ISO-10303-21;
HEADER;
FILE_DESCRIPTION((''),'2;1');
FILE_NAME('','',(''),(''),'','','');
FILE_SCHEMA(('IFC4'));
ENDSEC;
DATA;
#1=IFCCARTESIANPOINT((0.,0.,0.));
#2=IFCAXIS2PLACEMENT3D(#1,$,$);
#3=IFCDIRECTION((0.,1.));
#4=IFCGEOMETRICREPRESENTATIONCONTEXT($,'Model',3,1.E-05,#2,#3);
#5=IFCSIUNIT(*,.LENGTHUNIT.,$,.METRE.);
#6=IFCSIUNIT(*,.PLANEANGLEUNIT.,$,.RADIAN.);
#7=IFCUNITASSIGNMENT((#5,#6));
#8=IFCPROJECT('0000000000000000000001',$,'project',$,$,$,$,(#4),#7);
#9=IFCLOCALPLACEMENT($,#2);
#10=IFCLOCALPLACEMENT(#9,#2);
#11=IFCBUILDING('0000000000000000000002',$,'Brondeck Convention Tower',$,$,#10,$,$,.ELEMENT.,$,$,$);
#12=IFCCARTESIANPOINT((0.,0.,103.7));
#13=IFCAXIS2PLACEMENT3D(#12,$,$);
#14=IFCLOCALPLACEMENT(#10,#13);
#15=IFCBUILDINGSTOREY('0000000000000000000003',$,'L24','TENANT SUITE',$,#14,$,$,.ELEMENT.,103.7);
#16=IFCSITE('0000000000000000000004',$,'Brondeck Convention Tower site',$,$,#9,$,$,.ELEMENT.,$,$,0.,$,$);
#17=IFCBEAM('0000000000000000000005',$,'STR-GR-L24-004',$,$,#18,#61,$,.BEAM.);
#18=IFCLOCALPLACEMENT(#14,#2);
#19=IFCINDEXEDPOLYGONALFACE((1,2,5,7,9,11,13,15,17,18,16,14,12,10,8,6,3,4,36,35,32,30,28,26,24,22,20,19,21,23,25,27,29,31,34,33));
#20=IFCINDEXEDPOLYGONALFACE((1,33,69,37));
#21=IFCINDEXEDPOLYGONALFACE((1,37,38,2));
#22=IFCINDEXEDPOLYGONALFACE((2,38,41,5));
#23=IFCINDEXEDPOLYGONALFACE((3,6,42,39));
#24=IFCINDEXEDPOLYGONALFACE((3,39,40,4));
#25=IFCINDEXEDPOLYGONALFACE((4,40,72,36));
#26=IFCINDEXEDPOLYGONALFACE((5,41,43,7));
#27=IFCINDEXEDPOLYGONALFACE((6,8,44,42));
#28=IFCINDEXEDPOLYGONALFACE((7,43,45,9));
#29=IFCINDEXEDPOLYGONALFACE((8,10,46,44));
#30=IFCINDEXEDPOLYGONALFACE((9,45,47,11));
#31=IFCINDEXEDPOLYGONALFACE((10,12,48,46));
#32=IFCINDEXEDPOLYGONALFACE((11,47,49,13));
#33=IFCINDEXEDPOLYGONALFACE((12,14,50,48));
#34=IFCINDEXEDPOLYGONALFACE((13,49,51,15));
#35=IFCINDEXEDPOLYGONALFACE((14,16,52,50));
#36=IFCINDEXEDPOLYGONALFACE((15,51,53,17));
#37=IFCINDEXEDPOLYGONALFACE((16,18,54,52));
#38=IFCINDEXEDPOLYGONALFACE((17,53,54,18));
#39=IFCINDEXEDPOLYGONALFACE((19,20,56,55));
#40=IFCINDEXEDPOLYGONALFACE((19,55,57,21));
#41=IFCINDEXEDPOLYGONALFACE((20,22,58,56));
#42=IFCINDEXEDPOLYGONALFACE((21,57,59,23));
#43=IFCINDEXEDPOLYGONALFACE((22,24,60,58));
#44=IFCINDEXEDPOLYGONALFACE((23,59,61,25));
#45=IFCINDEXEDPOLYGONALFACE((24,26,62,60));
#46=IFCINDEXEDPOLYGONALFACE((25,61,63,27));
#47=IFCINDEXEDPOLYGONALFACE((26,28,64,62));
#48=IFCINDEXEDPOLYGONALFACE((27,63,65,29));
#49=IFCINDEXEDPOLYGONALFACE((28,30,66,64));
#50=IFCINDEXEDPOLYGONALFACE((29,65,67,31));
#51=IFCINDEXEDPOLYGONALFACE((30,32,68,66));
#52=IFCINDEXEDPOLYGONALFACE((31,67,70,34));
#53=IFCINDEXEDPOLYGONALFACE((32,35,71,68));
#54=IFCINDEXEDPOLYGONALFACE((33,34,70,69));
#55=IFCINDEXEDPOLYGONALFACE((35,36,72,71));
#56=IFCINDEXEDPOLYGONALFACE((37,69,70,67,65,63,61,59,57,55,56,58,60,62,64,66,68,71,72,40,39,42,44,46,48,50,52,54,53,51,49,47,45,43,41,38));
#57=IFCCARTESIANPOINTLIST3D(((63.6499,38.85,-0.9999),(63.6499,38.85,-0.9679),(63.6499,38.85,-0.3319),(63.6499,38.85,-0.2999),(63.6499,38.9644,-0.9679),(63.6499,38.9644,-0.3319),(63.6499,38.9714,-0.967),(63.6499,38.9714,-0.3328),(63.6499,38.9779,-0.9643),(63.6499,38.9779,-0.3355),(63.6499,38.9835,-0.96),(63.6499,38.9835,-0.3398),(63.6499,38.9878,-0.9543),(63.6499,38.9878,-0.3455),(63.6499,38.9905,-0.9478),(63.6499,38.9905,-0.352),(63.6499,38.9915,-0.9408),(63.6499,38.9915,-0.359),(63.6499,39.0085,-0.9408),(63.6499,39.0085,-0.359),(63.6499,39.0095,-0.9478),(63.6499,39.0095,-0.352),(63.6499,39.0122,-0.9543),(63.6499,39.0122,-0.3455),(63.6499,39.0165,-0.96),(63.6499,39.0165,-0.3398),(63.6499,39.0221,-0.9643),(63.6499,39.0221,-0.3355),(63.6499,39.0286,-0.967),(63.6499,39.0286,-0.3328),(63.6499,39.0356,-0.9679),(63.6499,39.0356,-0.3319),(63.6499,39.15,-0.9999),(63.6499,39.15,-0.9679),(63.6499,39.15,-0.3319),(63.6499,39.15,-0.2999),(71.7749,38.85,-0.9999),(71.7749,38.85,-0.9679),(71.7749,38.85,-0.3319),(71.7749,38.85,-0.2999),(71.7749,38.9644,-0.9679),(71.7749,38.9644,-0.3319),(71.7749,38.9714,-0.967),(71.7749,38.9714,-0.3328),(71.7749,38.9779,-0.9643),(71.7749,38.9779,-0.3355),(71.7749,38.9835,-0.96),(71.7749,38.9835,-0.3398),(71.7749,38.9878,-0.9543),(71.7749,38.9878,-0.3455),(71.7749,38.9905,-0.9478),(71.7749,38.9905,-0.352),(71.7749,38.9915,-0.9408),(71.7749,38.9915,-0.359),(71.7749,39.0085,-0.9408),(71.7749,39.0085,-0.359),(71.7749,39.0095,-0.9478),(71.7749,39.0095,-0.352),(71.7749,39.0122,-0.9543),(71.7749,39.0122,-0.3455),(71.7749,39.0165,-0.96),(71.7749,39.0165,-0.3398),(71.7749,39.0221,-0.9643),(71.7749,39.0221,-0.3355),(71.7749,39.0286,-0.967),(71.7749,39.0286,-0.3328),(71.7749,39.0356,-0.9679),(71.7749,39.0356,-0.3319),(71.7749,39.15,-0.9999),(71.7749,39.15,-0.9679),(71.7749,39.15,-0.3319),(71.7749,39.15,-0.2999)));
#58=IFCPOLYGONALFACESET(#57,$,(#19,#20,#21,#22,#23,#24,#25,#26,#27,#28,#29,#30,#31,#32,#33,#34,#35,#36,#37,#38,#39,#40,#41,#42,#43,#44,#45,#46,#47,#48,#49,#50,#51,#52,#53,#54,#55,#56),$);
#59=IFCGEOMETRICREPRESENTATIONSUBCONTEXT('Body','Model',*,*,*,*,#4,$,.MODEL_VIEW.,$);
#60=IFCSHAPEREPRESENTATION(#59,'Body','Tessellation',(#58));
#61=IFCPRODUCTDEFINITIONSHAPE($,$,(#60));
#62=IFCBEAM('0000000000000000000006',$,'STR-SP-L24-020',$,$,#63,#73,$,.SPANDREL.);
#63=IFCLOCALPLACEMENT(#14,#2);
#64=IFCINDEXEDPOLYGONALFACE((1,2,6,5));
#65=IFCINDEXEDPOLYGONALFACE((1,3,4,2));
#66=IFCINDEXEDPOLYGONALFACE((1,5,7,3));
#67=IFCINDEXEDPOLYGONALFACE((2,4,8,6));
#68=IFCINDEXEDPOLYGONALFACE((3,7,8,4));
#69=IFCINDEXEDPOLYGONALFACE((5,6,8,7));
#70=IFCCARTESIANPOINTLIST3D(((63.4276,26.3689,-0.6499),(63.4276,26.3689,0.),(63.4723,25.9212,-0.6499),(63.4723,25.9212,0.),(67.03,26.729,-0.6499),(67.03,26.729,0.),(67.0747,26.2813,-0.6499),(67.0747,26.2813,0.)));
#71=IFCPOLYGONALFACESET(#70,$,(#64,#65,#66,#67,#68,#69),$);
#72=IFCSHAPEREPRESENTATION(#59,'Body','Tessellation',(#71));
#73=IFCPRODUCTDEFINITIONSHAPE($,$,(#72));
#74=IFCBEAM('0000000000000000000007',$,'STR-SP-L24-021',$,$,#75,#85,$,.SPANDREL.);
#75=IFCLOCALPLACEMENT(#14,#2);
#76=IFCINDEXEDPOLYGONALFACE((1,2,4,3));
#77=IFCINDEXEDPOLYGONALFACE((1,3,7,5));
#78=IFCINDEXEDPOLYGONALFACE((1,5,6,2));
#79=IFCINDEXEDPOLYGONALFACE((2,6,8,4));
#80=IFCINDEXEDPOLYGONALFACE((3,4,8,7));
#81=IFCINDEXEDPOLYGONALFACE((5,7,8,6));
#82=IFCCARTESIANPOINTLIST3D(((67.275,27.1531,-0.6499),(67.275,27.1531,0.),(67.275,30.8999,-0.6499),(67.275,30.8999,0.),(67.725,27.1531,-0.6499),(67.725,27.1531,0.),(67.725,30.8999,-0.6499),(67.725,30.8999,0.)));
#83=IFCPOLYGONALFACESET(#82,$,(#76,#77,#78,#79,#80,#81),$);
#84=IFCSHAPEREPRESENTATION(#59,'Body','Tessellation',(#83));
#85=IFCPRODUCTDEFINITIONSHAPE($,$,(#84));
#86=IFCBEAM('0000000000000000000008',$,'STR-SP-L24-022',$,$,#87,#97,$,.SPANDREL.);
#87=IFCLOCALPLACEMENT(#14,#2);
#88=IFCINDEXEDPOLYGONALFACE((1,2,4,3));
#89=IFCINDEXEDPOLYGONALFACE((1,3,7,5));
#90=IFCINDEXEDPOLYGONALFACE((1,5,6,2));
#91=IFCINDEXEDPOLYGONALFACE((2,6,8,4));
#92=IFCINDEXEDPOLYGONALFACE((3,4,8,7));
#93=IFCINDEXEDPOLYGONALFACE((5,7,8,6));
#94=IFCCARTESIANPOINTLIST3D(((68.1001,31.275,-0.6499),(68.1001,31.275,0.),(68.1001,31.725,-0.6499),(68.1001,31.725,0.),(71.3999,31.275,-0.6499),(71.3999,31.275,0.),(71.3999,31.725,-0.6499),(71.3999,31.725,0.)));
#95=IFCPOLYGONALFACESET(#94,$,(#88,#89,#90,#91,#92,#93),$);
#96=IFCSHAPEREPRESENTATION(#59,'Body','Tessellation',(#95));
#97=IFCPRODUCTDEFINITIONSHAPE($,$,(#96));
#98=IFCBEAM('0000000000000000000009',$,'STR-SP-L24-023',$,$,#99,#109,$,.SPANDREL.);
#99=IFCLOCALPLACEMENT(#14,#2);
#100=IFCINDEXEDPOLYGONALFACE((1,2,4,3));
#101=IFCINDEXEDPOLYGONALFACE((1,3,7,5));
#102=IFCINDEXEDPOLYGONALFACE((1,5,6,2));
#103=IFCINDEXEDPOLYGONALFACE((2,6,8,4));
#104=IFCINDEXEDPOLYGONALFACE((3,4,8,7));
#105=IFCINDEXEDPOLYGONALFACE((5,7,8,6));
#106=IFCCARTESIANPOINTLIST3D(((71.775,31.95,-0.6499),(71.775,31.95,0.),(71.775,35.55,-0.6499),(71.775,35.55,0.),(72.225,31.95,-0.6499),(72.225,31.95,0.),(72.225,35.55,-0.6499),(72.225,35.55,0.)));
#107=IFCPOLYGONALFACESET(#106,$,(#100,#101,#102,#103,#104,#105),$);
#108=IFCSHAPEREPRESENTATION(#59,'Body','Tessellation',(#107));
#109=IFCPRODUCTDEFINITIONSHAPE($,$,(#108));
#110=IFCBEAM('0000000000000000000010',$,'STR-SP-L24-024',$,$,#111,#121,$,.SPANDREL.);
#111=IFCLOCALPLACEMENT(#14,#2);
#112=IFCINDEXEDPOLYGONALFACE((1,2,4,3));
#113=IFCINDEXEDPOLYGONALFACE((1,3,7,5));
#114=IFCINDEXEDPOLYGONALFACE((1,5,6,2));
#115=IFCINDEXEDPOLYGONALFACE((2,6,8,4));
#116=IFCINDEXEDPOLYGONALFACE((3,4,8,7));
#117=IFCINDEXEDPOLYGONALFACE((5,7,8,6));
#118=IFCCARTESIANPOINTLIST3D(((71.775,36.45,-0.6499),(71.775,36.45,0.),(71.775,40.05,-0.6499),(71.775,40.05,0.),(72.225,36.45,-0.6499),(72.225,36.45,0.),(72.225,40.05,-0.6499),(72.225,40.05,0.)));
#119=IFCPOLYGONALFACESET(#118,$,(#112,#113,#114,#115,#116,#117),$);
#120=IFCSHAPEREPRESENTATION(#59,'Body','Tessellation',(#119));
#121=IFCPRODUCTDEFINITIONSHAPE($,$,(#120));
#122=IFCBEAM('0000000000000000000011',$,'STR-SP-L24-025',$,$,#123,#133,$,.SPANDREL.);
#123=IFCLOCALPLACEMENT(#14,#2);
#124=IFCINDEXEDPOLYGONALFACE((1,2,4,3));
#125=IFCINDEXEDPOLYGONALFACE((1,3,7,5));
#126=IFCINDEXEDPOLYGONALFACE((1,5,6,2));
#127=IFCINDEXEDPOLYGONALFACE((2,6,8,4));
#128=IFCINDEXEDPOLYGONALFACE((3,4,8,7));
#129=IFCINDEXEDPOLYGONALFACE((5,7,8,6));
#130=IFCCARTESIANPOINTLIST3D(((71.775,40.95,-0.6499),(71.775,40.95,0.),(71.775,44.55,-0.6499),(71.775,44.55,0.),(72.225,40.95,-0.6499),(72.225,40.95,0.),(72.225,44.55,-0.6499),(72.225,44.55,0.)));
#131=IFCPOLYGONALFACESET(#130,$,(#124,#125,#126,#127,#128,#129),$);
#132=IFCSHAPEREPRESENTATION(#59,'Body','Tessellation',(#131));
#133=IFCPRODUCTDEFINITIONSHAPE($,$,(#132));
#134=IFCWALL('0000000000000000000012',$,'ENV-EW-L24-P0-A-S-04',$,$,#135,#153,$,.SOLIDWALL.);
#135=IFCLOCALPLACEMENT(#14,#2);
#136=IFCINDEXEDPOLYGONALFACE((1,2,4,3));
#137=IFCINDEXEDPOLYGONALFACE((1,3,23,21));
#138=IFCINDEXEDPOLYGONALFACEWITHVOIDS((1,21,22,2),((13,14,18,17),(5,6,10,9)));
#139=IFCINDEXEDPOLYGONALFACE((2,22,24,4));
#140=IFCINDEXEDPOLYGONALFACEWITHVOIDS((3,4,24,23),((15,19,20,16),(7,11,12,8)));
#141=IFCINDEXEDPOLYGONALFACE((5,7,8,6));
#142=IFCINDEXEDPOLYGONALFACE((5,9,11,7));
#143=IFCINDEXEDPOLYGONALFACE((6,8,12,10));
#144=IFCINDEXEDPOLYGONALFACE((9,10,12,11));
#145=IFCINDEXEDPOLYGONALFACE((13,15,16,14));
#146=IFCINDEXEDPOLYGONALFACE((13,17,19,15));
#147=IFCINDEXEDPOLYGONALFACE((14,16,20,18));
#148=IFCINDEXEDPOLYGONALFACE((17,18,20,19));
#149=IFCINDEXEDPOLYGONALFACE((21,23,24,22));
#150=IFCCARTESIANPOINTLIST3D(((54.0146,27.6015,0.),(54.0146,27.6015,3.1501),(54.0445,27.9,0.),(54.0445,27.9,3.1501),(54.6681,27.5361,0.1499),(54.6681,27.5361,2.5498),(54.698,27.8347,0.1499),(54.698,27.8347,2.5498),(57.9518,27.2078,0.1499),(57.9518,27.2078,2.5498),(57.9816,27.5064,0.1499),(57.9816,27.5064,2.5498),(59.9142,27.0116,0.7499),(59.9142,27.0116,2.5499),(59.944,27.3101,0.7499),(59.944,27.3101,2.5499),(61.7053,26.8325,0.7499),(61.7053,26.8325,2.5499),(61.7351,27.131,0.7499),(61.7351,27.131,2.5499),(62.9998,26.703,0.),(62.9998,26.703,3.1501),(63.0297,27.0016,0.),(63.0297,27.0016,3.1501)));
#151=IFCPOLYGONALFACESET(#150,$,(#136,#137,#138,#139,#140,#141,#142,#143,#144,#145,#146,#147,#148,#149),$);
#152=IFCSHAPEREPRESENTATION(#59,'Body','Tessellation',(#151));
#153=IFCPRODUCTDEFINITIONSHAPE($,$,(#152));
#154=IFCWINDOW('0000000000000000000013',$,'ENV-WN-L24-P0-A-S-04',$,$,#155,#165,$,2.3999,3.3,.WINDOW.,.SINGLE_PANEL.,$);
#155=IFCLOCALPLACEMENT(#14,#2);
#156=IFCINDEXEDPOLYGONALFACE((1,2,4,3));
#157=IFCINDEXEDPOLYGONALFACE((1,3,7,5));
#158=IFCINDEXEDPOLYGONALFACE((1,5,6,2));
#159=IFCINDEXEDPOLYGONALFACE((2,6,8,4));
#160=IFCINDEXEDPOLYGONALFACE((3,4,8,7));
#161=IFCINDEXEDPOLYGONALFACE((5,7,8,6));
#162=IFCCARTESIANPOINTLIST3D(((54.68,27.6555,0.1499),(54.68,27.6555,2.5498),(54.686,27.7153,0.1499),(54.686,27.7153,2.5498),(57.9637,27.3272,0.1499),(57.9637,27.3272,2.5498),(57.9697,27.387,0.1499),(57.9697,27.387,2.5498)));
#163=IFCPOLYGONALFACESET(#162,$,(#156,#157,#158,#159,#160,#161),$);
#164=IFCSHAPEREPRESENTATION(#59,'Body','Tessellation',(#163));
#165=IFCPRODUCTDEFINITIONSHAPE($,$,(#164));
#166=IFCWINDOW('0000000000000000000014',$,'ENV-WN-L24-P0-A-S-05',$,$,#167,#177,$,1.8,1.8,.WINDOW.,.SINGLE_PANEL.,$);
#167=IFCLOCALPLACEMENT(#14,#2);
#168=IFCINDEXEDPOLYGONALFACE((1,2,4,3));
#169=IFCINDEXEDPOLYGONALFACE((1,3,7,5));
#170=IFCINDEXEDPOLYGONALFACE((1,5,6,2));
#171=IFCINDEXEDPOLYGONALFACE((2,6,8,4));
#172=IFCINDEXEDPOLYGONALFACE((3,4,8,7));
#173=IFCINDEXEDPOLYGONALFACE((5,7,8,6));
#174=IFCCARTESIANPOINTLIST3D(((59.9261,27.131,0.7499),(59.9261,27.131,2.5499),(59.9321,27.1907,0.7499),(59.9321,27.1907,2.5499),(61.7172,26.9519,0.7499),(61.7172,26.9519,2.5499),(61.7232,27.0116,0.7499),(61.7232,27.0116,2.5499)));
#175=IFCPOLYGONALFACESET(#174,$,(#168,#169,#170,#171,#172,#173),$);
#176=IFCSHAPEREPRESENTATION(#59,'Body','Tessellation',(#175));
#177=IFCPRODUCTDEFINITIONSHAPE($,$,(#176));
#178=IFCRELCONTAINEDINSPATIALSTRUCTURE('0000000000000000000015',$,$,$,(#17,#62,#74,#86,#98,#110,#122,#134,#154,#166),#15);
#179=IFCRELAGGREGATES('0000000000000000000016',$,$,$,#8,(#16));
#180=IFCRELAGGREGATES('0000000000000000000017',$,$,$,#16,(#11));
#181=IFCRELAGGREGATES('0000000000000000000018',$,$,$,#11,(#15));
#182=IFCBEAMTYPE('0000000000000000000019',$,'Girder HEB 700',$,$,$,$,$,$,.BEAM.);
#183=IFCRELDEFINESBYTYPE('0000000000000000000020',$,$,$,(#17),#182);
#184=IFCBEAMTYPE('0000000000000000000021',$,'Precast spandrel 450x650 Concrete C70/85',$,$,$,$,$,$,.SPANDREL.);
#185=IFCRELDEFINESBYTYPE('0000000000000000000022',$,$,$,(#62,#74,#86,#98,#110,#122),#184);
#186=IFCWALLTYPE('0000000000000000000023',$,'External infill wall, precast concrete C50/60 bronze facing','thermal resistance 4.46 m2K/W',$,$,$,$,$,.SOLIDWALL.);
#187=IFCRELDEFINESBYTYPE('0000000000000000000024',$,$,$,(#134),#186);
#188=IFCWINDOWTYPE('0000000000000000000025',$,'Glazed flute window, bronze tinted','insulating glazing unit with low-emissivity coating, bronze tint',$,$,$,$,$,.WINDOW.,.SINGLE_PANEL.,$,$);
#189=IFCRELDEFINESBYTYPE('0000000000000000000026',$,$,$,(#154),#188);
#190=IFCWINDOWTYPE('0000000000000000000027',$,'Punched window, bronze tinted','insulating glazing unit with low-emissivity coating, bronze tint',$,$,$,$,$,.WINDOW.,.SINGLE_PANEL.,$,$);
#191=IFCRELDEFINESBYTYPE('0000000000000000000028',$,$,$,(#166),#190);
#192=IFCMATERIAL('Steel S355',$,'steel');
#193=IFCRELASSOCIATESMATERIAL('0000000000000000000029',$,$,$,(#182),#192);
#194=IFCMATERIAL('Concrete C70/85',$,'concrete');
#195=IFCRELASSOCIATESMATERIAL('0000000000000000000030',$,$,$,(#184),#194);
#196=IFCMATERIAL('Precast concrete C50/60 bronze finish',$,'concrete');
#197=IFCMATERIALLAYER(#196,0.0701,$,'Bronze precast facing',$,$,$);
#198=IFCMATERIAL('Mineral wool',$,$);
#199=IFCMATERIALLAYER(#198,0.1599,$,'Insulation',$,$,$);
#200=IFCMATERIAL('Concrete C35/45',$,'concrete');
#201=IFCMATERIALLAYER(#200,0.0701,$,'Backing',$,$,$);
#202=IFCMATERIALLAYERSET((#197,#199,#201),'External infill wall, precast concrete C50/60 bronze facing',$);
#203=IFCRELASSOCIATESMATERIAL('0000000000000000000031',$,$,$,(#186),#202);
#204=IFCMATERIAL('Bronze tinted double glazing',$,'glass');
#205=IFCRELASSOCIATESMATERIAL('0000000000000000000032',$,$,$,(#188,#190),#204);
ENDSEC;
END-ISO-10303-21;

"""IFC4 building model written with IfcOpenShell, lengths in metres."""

from ifc_helpers import new_model, si_unit, direction, frame, frame_2d, origin, origin_2d, place, context, subcontext, project, spatial, rectangle, i_section, extrude, material, layer, layer_set, material_profile, profile_set, type_object, element, fill, save


model = new_model("IFC4")

# Units and contexts
model_context = context("Model", 3, precision=1e-05, world=origin(), true_north=direction((0.0, 1.0)))
body_context = subcontext(model_context, "Body", "Model", "MODEL_VIEW")
ifc_project = project(units=[si_unit("LENGTHUNIT", "METRE"), si_unit("PLANEANGLEUNIT", "RADIAN")], contexts=[model_context])

# Site, building, storey
site_placement = place(None, origin())
site = spatial("IfcSite", under=ifc_project, at=site_placement, Name="Brondeck Convention Tower site", CompositionType="ELEMENT", RefElevation=0.0)
building_placement = place(site_placement, origin())
building = spatial("IfcBuilding", under=site, at=building_placement, Name="Brondeck Convention Tower", CompositionType="ELEMENT")
storey_placement = place(building_placement, frame((0.0, 0.0, 103.7)))
storey = spatial("IfcBuildingStorey", under=building, at=storey_placement, Name="L24", Description="TENANT SUITE", CompositionType="ELEMENT", Elevation=103.7)

# Shared definitions
ifc_material_1 = material(Name="Concrete C70/85", Category="concrete")

# Beams
ifc_material_2 = material(Name="Steel S355", Category="steel")
ifc_material_profile_1 = material_profile(ifc_material_2, i_section(OverallWidth=0.3, OverallDepth=0.7, WebThickness=0.0171, FlangeThickness=0.032, FilletRadius=0.0271, at=origin_2d()), Name="HEB 700")
ifc_profile_set_1 = profile_set([ifc_material_profile_1], Name="Steel S355")
beam_type_1 = type_object("IfcBeamType", Name="Girder HEB 700", PredefinedType="BEAM", material=ifc_profile_set_1)
beam_1_placement = place(storey_placement, frame((63.6499, 39.0, -0.6499), z_axis=(1.0, 0.0, 0.0), x_axis=(0.0, 1.0, 0.0)))
element("IfcBeam", 1, at=beam_1_placement, inside=storey, type_object=beam_type_1, Name="STR-GR-L24-004", PredefinedType="BEAM", context=body_context, shape_type="SweptSolid", body=[
    extrude(i_section(OverallWidth=0.3, OverallDepth=0.7, WebThickness=0.0171, FlangeThickness=0.032, FilletRadius=0.0271, at=origin_2d()), origin(), (0.0, 0.0, 1.0), 8.125),
])
ifc_material_profile_2 = material_profile(ifc_material_1, rectangle(XDim=0.45, YDim=0.6499, at=origin_2d()), Name="Precast spandrel 450x650 Concrete C70/85")
ifc_profile_set_2 = profile_set([ifc_material_profile_2], Name="Concrete C70/85")
beam_type_2 = type_object("IfcBeamType", Name="Precast spandrel 450x650 Concrete C70/85", PredefinedType="SPANDREL", material=ifc_profile_set_2)
beam_2_placement = place(storey_placement, frame((63.45, 26.145, -0.325), z_axis=(0.995041, 0.09947, 0.0), x_axis=(-0.09947, 0.995041, 0.0)))
element("IfcBeam", 2, at=beam_2_placement, inside=storey, type_object=beam_type_2, Name="STR-SP-L24-020", PredefinedType="SPANDREL", context=body_context, shape_type="SweptSolid", body=[
    extrude(rectangle(XDim=0.45, YDim=0.6499, at=origin_2d()), origin(), (0.0, 0.0, 1.0), 3.6204),
])
beam_3_placement = place(storey_placement, frame((67.5, 27.1531, -0.325), z_axis=(0.0, 1.0, 0.0), x_axis=(-1.0, 0.0, 0.0)))
element("IfcBeam", 3, at=beam_3_placement, inside=storey, type_object=beam_type_2, Name="STR-SP-L24-021", PredefinedType="SPANDREL", context=body_context, shape_type="SweptSolid", body=[
    extrude(rectangle(XDim=0.45, YDim=0.6499, at=origin_2d()), origin(), (0.0, 0.0, 1.0), 3.7468),
])
beam_4_placement = place(storey_placement, frame((68.1001, 31.5, -0.325), z_axis=(1.0, 0.0, 0.0), x_axis=(0.0, 1.0, 0.0)))
element("IfcBeam", 4, at=beam_4_placement, inside=storey, type_object=beam_type_2, Name="STR-SP-L24-022", PredefinedType="SPANDREL", context=body_context, shape_type="SweptSolid", body=[
    extrude(rectangle(XDim=0.45, YDim=0.6499, at=origin_2d()), origin(), (0.0, 0.0, 1.0), 3.2998),
])
for number, where, z_axis, x_axis, name in (
    (5, (72.0, 31.95, -0.325), (0.0, 1.0, 0.0), (-1.0, 0.0, 0.0), "STR-SP-L24-023"),
    (6, (72.0, 36.45, -0.325), (0.0, 1.0, 0.0), (-1.0, 0.0, 0.0), "STR-SP-L24-024"),
    (7, (72.0, 40.95, -0.325), (0.0, 1.0, 0.0), (-1.0, 0.0, 0.0), "STR-SP-L24-025"),
):
    element("IfcBeam", number, at=place(storey_placement, frame(where, z_axis=z_axis, x_axis=x_axis)), inside=storey, type_object=beam_type_2, Name=name, PredefinedType="SPANDREL", context=body_context, shape_type="SweptSolid", body=[
        extrude(rectangle(XDim=0.45, YDim=0.6499, at=origin_2d()), origin(), (0.0, 0.0, 1.0), 3.6001),
    ])

# Wall, openings, windows
ifc_material_3 = material(Name="Precast concrete C50/60 bronze finish", Category="concrete")
ifc_layer_1 = layer(ifc_material_3, 0.0701, Name="Bronze precast facing")
ifc_material_4 = material(Name="Mineral wool")
ifc_layer_2 = layer(ifc_material_4, 0.1599, Name="Insulation")
ifc_material_5 = material(Name="Concrete C35/45", Category="concrete")
ifc_layer_3 = layer(ifc_material_5, 0.0701, Name="Backing")
ifc_layer_set_1 = layer_set([ifc_layer_1, ifc_layer_2, ifc_layer_3], Name="External infill wall, precast concrete C50/60 bronze facing")
wall_type_1 = type_object("IfcWallType", Name="External infill wall, precast concrete C50/60 bronze facing", Description="thermal resistance 4.46 m2K/W", PredefinedType="SOLIDWALL", material=ifc_layer_set_1)
wall_1_placement = place(storey_placement, frame((63.0149, 26.8523, 0.0), z_axis=(0.0, 0.0, 1.0), x_axis=(-0.995038, 0.099496, 0.0)))
wall_1 = element("IfcWall", 8, at=wall_1_placement, inside=storey, type_object=wall_type_1, Name="ENV-EW-L24-P0-A-S-04", PredefinedType="SOLIDWALL", context=body_context, shape_type="SweptSolid", body=[
    extrude(rectangle(XDim=9.03, YDim=0.3, at=frame_2d((4.5151, 0.0))), origin(), (0.0, 0.0, 1.0), 3.1501),
])
opening_1_placement = place(wall_1_placement, frame((1.3013, 0.0, 0.75)))
opening_1 = element("IfcOpeningElement", 9, at=opening_1_placement, cuts=wall_1, PredefinedType="OPENING", context=body_context, shape_type="SweptSolid", body=[
    extrude(rectangle(XDim=1.8, YDim=1.8, at=frame_2d((0.8999, 0.8999))), frame((0.0, 0.1599, 0.0), z_axis=(0.0, -1.0, 0.0), x_axis=(1.0, 0.0, 0.0)), (0.0, 0.0, 1.0), 0.3201),
])
opening_2_placement = place(wall_1_placement, frame((5.0735, 0.0, 0.1499)))
opening_2 = element("IfcOpeningElement", 10, at=opening_2_placement, cuts=wall_1, PredefinedType="OPENING", context=body_context, shape_type="SweptSolid", body=[
    extrude(rectangle(XDim=3.3, YDim=2.3999, at=frame_2d((1.6499, 1.2))), frame((0.0, 0.1599, 0.0), z_axis=(0.0, -1.0, 0.0), x_axis=(1.0, 0.0, 0.0)), (0.0, 0.0, 1.0), 0.3201),
])
ifc_material_6 = material(Name="Bronze tinted double glazing", Category="glass")
window_type_1 = type_object("IfcWindowType", Name="Glazed flute window, bronze tinted", Description="insulating glazing unit with low-emissivity coating, bronze tint", PartitioningType="SINGLE_PANEL", PredefinedType="WINDOW", material=ifc_material_6)
window_1_placement = place(opening_2_placement, origin())
window_1 = element("IfcWindow", 11, at=window_1_placement, inside=storey, type_object=window_type_1, Name="ENV-WN-L24-P0-A-S-04", OverallHeight=2.3999, OverallWidth=3.3, PartitioningType="SINGLE_PANEL", PredefinedType="WINDOW", context=body_context, shape_type="SweptSolid", body=[
    extrude(rectangle(XDim=3.3, YDim=2.3999, at=frame_2d((1.6499, 1.2))), frame((0.0, 0.03, 0.0), z_axis=(0.0, -1.0, 0.0), x_axis=(1.0, 0.0, 0.0)), (0.0, 0.0, 1.0), 0.0601),
])
fill(opening_2, window_1)
window_type_2 = type_object("IfcWindowType", Name="Punched window, bronze tinted", Description="insulating glazing unit with low-emissivity coating, bronze tint", PartitioningType="SINGLE_PANEL", PredefinedType="WINDOW", material=ifc_material_6)
window_2_placement = place(opening_1_placement, origin())
window_2 = element("IfcWindow", 12, at=window_2_placement, inside=storey, type_object=window_type_2, Name="ENV-WN-L24-P0-A-S-05", OverallHeight=1.8, OverallWidth=1.8, PartitioningType="SINGLE_PANEL", PredefinedType="WINDOW", context=body_context, shape_type="SweptSolid", body=[
    extrude(rectangle(XDim=1.8, YDim=1.8, at=frame_2d((0.8999, 0.8999))), frame((0.0, 0.03, 0.0), z_axis=(0.0, -1.0, 0.0), x_axis=(1.0, 0.0, 0.0)), (0.0, 0.0, 1.0), 0.0601),
])
fill(opening_1, window_2)

save(model, "model.ifc")
